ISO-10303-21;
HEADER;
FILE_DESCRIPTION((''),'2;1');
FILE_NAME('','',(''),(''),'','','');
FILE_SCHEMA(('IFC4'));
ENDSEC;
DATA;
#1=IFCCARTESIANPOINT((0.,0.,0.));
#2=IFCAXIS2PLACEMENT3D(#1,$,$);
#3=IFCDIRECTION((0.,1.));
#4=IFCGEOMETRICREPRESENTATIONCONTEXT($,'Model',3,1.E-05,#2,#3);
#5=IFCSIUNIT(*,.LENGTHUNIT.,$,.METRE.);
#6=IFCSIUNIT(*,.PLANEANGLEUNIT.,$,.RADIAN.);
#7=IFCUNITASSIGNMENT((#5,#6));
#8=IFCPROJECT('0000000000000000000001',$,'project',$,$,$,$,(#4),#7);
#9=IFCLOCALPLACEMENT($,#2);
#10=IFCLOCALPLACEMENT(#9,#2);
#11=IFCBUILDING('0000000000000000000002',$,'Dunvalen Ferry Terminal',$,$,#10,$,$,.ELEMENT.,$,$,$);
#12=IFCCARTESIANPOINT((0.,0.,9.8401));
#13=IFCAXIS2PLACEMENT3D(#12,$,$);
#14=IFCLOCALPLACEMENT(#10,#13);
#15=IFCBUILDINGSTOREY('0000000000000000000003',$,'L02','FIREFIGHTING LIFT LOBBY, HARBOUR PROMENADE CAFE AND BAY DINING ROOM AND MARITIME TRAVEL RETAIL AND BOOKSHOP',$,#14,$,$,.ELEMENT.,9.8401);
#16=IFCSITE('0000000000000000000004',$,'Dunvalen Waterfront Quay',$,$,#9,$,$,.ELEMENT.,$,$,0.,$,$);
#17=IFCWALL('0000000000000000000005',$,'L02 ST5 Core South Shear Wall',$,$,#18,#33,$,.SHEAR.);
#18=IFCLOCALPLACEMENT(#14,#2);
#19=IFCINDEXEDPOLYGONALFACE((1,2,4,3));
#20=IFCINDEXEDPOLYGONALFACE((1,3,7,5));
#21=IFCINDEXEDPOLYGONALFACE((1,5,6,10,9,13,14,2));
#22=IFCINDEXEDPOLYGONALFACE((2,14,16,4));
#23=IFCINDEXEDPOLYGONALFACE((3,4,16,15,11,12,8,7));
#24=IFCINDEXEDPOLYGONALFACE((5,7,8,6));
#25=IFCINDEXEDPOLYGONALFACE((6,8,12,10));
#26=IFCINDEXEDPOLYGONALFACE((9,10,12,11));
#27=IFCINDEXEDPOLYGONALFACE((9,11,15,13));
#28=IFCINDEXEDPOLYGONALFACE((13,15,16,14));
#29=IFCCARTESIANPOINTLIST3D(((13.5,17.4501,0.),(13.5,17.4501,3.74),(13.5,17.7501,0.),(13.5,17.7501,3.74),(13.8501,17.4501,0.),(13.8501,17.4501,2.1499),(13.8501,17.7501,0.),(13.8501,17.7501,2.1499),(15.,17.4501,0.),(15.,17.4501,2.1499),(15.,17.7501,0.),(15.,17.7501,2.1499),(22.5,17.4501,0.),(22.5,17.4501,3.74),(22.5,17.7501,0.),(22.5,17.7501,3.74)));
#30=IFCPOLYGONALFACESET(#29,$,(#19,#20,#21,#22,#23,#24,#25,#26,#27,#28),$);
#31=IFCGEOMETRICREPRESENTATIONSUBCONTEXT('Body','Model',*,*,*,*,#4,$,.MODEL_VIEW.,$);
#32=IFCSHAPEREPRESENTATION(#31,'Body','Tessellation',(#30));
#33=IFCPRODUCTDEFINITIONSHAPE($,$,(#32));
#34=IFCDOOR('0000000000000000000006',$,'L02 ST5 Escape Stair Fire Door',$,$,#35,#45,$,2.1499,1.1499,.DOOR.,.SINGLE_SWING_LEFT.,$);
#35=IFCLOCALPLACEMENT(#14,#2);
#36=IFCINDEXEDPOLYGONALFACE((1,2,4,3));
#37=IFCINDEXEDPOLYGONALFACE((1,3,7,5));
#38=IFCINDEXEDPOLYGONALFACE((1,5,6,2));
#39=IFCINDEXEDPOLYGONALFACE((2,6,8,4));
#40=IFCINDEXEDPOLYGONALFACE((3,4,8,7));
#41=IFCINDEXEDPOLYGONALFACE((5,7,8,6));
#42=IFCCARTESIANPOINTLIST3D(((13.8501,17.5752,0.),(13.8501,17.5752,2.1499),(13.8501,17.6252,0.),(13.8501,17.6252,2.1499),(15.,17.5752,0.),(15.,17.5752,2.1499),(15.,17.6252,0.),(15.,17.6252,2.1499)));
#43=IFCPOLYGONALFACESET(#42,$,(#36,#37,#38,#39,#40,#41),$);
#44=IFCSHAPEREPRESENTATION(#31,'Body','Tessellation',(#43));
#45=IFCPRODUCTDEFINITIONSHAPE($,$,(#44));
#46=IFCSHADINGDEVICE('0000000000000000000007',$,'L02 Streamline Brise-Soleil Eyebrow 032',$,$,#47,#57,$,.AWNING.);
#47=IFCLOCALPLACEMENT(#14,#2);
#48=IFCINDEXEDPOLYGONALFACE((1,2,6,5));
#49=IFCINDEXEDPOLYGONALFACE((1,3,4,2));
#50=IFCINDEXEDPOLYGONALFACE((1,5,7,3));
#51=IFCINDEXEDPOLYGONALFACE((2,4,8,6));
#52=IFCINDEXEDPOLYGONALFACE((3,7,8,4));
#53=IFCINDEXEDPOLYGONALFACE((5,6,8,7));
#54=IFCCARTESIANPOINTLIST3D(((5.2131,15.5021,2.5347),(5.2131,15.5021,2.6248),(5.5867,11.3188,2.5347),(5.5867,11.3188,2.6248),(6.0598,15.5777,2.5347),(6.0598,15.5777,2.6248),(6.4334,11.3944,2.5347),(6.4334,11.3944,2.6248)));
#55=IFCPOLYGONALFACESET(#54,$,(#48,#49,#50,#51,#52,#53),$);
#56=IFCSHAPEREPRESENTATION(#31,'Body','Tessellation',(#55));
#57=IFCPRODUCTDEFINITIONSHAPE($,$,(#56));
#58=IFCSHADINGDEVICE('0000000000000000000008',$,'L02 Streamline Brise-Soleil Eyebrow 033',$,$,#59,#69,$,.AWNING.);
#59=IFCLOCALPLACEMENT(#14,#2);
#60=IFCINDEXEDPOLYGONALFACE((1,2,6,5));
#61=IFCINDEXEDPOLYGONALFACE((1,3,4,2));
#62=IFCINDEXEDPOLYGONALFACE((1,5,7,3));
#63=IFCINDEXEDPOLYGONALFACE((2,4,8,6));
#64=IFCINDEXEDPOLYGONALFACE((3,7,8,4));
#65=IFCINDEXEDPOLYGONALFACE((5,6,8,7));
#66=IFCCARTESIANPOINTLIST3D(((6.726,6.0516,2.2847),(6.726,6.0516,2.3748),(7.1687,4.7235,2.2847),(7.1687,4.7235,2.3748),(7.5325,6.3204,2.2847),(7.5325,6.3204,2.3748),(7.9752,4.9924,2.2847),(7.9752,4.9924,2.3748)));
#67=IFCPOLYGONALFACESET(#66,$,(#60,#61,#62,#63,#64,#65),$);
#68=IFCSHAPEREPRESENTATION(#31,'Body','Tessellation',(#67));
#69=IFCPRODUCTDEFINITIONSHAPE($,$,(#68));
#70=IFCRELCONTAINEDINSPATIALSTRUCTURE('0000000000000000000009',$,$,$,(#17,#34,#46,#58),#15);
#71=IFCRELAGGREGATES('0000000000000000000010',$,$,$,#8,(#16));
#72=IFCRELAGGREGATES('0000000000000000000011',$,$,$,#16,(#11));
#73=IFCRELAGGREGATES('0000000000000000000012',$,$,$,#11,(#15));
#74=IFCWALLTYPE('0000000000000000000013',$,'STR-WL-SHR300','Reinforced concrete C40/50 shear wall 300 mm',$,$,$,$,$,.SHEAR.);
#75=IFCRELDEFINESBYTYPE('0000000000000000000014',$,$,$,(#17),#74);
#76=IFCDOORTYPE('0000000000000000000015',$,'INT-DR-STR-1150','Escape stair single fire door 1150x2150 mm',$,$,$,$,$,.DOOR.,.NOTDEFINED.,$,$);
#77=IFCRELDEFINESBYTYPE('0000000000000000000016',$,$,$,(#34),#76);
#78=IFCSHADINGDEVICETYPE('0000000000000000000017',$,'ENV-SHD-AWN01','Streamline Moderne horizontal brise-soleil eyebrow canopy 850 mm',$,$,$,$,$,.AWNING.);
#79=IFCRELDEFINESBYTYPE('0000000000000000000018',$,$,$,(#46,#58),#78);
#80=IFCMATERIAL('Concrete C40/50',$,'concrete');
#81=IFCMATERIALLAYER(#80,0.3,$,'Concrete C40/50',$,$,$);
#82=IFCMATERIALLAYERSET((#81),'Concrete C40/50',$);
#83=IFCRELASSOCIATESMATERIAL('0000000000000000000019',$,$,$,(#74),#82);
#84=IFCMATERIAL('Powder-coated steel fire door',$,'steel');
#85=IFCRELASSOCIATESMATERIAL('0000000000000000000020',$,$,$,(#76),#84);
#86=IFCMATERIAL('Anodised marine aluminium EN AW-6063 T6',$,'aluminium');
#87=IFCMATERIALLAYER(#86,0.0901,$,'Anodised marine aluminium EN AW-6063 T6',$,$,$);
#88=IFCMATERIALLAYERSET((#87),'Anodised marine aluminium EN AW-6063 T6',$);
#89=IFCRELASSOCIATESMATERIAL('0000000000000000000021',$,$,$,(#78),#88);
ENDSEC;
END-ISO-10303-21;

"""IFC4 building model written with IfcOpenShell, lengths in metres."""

from ifc_helpers import new_model, si_unit, direction, frame, frame_2d, origin, origin_2d, place, context, subcontext, project, spatial, rectangle, extrude, material, layer, layer_set, type_object, element, fill, save


model = new_model("IFC4")

# Units and contexts
model_context = context("Model", 3, precision=1e-05, world=origin(), true_north=direction((0.0, 1.0)))
body_context = subcontext(model_context, "Body", "Model", "MODEL_VIEW")
ifc_project = project(units=[si_unit("LENGTHUNIT", "METRE"), si_unit("PLANEANGLEUNIT", "RADIAN")], contexts=[model_context])

# Site, building, storey
site_placement = place(None, origin())
site = spatial("IfcSite", under=ifc_project, at=site_placement, Name="Dunvalen Waterfront Quay", CompositionType="ELEMENT", RefElevation=0.0)
building_placement = place(site_placement, origin())
building = spatial("IfcBuilding", under=site, at=building_placement, Name="Dunvalen Ferry Terminal", CompositionType="ELEMENT")
storey_placement = place(building_placement, frame((0.0, 0.0, 9.8401)))
storey = spatial("IfcBuildingStorey", under=building, at=storey_placement, Name="L02", Description="FIREFIGHTING LIFT LOBBY, HARBOUR PROMENADE CAFE AND BAY DINING ROOM AND MARITIME TRAVEL RETAIL AND BOOKSHOP", CompositionType="ELEMENT", Elevation=9.8401)

# Shared definitions
ifc_material_1 = material(Name="Concrete C40/50", Category="concrete")

# Shared definitions
ifc_layer_1 = layer(ifc_material_1, 0.3, Name="Concrete C40/50")
ifc_layer_set_1 = layer_set([ifc_layer_1], Name="Concrete C40/50")
wall_type_1 = type_object("IfcWallType", Name="STR-WL-SHR300", Description="Reinforced concrete C40/50 shear wall 300 mm", PredefinedType="SHEAR", material=ifc_layer_set_1)

# Wall, opening, door
ifc_material_2 = material(Name="Powder-coated steel fire door", Category="steel")
door_type = type_object("IfcDoorType", Name="INT-DR-STR-1150", Description="Escape stair single fire door 1150x2150 mm", OperationType="NOTDEFINED", PredefinedType="DOOR", material=ifc_material_2)
wall_1_placement = place(storey_placement, frame((13.5, 17.6001, 0.0), z_axis=(0.0, 0.0, 1.0), x_axis=(1.0, 0.0, 0.0)))
wall_1 = element("IfcWall", 1, at=wall_1_placement, inside=storey, type_object=wall_type_1, Name="L02 ST5 Core South Shear Wall", PredefinedType="SHEAR", context=body_context, shape_type="SweptSolid", body=[
    extrude(rectangle(XDim=9.0, YDim=0.3, at=frame_2d((4.5, 0.0))), origin(), (0.0, 0.0, 1.0), 3.74),
])
opening_1_placement = place(wall_1_placement, frame((0.3501, 0.0, 0.0)))
opening_1 = element("IfcOpeningElement", 2, at=opening_1_placement, cuts=wall_1, PredefinedType="OPENING", context=body_context, shape_type="SweptSolid", body=[
    extrude(rectangle(XDim=1.1499, YDim=2.1499, at=frame_2d((0.575, 1.075))), frame((0.0, 0.1602, 0.0), z_axis=(0.0, -1.0, 0.0), x_axis=(1.0, 0.0, 0.0)), (0.0, 0.0, 1.0), 0.3201),
])
door_1_placement = place(opening_1_placement, frame((1.1499, 0.0, 0.0), z_axis=(0.0, 0.0, 1.0), x_axis=(-1.0, 0.0, 0.0)))
door_1 = element("IfcDoor", 3, at=door_1_placement, inside=storey, type_object=door_type, Name="L02 ST5 Escape Stair Fire Door", OperationType="SINGLE_SWING_LEFT", OverallHeight=2.1499, OverallWidth=1.1499, PredefinedType="DOOR", context=body_context, shape_type="SweptSolid", body=[
    extrude(rectangle(XDim=1.1499, YDim=2.1499, at=frame_2d((0.575, 1.075))), frame((0.0, 0.0249, 0.0), z_axis=(0.0, -1.0, 0.0), x_axis=(1.0, 0.0, 0.0)), (0.0, 0.0, 1.0), 0.05),
])
fill(opening_1, door_1)

# Shading devices
ifc_material_3 = material(Name="Anodised marine aluminium EN AW-6063 T6", Category="aluminium")
ifc_layer_2 = layer(ifc_material_3, 0.0901, Name="Anodised marine aluminium EN AW-6063 T6")
ifc_layer_set_2 = layer_set([ifc_layer_2], Name="Anodised marine aluminium EN AW-6063 T6")
shading_device_type = type_object("IfcShadingDeviceType", Name="ENV-SHD-AWN01", Description="Streamline Moderne horizontal brise-soleil eyebrow canopy 850 mm", PredefinedType="AWNING", material=ifc_layer_set_2)
shading_device_1_placement = place(storey_placement, frame((5.8232, 13.4482, 2.5347), z_axis=(0.0, 0.0, 1.0), x_axis=(0.088957, -0.996035, 0.0)))
element("IfcShadingDevice", 4, at=shading_device_1_placement, inside=storey, type_object=shading_device_type, Name="L02 Streamline Brise-Soleil Eyebrow 032", PredefinedType="AWNING", context=body_context, shape_type="SweptSolid", body=[
    extrude(rectangle(XDim=4.2, YDim=0.8501, at=origin_2d()), origin(), (0.0, 0.0, 1.0), 0.0901),
])
shading_device_2_placement = place(storey_placement, frame((7.3506, 5.522, 2.2847), z_axis=(0.0, 0.0, 1.0), x_axis=(0.316232, -0.948682, 0.0)))
element("IfcShadingDevice", 5, at=shading_device_2_placement, inside=storey, type_object=shading_device_type, Name="L02 Streamline Brise-Soleil Eyebrow 033", PredefinedType="AWNING", context=body_context, shape_type="SweptSolid", body=[
    extrude(rectangle(XDim=1.3999, YDim=0.8501, at=origin_2d()), origin(), (0.0, 0.0, 1.0), 0.0901),
])

save(model, "model.ifc")
